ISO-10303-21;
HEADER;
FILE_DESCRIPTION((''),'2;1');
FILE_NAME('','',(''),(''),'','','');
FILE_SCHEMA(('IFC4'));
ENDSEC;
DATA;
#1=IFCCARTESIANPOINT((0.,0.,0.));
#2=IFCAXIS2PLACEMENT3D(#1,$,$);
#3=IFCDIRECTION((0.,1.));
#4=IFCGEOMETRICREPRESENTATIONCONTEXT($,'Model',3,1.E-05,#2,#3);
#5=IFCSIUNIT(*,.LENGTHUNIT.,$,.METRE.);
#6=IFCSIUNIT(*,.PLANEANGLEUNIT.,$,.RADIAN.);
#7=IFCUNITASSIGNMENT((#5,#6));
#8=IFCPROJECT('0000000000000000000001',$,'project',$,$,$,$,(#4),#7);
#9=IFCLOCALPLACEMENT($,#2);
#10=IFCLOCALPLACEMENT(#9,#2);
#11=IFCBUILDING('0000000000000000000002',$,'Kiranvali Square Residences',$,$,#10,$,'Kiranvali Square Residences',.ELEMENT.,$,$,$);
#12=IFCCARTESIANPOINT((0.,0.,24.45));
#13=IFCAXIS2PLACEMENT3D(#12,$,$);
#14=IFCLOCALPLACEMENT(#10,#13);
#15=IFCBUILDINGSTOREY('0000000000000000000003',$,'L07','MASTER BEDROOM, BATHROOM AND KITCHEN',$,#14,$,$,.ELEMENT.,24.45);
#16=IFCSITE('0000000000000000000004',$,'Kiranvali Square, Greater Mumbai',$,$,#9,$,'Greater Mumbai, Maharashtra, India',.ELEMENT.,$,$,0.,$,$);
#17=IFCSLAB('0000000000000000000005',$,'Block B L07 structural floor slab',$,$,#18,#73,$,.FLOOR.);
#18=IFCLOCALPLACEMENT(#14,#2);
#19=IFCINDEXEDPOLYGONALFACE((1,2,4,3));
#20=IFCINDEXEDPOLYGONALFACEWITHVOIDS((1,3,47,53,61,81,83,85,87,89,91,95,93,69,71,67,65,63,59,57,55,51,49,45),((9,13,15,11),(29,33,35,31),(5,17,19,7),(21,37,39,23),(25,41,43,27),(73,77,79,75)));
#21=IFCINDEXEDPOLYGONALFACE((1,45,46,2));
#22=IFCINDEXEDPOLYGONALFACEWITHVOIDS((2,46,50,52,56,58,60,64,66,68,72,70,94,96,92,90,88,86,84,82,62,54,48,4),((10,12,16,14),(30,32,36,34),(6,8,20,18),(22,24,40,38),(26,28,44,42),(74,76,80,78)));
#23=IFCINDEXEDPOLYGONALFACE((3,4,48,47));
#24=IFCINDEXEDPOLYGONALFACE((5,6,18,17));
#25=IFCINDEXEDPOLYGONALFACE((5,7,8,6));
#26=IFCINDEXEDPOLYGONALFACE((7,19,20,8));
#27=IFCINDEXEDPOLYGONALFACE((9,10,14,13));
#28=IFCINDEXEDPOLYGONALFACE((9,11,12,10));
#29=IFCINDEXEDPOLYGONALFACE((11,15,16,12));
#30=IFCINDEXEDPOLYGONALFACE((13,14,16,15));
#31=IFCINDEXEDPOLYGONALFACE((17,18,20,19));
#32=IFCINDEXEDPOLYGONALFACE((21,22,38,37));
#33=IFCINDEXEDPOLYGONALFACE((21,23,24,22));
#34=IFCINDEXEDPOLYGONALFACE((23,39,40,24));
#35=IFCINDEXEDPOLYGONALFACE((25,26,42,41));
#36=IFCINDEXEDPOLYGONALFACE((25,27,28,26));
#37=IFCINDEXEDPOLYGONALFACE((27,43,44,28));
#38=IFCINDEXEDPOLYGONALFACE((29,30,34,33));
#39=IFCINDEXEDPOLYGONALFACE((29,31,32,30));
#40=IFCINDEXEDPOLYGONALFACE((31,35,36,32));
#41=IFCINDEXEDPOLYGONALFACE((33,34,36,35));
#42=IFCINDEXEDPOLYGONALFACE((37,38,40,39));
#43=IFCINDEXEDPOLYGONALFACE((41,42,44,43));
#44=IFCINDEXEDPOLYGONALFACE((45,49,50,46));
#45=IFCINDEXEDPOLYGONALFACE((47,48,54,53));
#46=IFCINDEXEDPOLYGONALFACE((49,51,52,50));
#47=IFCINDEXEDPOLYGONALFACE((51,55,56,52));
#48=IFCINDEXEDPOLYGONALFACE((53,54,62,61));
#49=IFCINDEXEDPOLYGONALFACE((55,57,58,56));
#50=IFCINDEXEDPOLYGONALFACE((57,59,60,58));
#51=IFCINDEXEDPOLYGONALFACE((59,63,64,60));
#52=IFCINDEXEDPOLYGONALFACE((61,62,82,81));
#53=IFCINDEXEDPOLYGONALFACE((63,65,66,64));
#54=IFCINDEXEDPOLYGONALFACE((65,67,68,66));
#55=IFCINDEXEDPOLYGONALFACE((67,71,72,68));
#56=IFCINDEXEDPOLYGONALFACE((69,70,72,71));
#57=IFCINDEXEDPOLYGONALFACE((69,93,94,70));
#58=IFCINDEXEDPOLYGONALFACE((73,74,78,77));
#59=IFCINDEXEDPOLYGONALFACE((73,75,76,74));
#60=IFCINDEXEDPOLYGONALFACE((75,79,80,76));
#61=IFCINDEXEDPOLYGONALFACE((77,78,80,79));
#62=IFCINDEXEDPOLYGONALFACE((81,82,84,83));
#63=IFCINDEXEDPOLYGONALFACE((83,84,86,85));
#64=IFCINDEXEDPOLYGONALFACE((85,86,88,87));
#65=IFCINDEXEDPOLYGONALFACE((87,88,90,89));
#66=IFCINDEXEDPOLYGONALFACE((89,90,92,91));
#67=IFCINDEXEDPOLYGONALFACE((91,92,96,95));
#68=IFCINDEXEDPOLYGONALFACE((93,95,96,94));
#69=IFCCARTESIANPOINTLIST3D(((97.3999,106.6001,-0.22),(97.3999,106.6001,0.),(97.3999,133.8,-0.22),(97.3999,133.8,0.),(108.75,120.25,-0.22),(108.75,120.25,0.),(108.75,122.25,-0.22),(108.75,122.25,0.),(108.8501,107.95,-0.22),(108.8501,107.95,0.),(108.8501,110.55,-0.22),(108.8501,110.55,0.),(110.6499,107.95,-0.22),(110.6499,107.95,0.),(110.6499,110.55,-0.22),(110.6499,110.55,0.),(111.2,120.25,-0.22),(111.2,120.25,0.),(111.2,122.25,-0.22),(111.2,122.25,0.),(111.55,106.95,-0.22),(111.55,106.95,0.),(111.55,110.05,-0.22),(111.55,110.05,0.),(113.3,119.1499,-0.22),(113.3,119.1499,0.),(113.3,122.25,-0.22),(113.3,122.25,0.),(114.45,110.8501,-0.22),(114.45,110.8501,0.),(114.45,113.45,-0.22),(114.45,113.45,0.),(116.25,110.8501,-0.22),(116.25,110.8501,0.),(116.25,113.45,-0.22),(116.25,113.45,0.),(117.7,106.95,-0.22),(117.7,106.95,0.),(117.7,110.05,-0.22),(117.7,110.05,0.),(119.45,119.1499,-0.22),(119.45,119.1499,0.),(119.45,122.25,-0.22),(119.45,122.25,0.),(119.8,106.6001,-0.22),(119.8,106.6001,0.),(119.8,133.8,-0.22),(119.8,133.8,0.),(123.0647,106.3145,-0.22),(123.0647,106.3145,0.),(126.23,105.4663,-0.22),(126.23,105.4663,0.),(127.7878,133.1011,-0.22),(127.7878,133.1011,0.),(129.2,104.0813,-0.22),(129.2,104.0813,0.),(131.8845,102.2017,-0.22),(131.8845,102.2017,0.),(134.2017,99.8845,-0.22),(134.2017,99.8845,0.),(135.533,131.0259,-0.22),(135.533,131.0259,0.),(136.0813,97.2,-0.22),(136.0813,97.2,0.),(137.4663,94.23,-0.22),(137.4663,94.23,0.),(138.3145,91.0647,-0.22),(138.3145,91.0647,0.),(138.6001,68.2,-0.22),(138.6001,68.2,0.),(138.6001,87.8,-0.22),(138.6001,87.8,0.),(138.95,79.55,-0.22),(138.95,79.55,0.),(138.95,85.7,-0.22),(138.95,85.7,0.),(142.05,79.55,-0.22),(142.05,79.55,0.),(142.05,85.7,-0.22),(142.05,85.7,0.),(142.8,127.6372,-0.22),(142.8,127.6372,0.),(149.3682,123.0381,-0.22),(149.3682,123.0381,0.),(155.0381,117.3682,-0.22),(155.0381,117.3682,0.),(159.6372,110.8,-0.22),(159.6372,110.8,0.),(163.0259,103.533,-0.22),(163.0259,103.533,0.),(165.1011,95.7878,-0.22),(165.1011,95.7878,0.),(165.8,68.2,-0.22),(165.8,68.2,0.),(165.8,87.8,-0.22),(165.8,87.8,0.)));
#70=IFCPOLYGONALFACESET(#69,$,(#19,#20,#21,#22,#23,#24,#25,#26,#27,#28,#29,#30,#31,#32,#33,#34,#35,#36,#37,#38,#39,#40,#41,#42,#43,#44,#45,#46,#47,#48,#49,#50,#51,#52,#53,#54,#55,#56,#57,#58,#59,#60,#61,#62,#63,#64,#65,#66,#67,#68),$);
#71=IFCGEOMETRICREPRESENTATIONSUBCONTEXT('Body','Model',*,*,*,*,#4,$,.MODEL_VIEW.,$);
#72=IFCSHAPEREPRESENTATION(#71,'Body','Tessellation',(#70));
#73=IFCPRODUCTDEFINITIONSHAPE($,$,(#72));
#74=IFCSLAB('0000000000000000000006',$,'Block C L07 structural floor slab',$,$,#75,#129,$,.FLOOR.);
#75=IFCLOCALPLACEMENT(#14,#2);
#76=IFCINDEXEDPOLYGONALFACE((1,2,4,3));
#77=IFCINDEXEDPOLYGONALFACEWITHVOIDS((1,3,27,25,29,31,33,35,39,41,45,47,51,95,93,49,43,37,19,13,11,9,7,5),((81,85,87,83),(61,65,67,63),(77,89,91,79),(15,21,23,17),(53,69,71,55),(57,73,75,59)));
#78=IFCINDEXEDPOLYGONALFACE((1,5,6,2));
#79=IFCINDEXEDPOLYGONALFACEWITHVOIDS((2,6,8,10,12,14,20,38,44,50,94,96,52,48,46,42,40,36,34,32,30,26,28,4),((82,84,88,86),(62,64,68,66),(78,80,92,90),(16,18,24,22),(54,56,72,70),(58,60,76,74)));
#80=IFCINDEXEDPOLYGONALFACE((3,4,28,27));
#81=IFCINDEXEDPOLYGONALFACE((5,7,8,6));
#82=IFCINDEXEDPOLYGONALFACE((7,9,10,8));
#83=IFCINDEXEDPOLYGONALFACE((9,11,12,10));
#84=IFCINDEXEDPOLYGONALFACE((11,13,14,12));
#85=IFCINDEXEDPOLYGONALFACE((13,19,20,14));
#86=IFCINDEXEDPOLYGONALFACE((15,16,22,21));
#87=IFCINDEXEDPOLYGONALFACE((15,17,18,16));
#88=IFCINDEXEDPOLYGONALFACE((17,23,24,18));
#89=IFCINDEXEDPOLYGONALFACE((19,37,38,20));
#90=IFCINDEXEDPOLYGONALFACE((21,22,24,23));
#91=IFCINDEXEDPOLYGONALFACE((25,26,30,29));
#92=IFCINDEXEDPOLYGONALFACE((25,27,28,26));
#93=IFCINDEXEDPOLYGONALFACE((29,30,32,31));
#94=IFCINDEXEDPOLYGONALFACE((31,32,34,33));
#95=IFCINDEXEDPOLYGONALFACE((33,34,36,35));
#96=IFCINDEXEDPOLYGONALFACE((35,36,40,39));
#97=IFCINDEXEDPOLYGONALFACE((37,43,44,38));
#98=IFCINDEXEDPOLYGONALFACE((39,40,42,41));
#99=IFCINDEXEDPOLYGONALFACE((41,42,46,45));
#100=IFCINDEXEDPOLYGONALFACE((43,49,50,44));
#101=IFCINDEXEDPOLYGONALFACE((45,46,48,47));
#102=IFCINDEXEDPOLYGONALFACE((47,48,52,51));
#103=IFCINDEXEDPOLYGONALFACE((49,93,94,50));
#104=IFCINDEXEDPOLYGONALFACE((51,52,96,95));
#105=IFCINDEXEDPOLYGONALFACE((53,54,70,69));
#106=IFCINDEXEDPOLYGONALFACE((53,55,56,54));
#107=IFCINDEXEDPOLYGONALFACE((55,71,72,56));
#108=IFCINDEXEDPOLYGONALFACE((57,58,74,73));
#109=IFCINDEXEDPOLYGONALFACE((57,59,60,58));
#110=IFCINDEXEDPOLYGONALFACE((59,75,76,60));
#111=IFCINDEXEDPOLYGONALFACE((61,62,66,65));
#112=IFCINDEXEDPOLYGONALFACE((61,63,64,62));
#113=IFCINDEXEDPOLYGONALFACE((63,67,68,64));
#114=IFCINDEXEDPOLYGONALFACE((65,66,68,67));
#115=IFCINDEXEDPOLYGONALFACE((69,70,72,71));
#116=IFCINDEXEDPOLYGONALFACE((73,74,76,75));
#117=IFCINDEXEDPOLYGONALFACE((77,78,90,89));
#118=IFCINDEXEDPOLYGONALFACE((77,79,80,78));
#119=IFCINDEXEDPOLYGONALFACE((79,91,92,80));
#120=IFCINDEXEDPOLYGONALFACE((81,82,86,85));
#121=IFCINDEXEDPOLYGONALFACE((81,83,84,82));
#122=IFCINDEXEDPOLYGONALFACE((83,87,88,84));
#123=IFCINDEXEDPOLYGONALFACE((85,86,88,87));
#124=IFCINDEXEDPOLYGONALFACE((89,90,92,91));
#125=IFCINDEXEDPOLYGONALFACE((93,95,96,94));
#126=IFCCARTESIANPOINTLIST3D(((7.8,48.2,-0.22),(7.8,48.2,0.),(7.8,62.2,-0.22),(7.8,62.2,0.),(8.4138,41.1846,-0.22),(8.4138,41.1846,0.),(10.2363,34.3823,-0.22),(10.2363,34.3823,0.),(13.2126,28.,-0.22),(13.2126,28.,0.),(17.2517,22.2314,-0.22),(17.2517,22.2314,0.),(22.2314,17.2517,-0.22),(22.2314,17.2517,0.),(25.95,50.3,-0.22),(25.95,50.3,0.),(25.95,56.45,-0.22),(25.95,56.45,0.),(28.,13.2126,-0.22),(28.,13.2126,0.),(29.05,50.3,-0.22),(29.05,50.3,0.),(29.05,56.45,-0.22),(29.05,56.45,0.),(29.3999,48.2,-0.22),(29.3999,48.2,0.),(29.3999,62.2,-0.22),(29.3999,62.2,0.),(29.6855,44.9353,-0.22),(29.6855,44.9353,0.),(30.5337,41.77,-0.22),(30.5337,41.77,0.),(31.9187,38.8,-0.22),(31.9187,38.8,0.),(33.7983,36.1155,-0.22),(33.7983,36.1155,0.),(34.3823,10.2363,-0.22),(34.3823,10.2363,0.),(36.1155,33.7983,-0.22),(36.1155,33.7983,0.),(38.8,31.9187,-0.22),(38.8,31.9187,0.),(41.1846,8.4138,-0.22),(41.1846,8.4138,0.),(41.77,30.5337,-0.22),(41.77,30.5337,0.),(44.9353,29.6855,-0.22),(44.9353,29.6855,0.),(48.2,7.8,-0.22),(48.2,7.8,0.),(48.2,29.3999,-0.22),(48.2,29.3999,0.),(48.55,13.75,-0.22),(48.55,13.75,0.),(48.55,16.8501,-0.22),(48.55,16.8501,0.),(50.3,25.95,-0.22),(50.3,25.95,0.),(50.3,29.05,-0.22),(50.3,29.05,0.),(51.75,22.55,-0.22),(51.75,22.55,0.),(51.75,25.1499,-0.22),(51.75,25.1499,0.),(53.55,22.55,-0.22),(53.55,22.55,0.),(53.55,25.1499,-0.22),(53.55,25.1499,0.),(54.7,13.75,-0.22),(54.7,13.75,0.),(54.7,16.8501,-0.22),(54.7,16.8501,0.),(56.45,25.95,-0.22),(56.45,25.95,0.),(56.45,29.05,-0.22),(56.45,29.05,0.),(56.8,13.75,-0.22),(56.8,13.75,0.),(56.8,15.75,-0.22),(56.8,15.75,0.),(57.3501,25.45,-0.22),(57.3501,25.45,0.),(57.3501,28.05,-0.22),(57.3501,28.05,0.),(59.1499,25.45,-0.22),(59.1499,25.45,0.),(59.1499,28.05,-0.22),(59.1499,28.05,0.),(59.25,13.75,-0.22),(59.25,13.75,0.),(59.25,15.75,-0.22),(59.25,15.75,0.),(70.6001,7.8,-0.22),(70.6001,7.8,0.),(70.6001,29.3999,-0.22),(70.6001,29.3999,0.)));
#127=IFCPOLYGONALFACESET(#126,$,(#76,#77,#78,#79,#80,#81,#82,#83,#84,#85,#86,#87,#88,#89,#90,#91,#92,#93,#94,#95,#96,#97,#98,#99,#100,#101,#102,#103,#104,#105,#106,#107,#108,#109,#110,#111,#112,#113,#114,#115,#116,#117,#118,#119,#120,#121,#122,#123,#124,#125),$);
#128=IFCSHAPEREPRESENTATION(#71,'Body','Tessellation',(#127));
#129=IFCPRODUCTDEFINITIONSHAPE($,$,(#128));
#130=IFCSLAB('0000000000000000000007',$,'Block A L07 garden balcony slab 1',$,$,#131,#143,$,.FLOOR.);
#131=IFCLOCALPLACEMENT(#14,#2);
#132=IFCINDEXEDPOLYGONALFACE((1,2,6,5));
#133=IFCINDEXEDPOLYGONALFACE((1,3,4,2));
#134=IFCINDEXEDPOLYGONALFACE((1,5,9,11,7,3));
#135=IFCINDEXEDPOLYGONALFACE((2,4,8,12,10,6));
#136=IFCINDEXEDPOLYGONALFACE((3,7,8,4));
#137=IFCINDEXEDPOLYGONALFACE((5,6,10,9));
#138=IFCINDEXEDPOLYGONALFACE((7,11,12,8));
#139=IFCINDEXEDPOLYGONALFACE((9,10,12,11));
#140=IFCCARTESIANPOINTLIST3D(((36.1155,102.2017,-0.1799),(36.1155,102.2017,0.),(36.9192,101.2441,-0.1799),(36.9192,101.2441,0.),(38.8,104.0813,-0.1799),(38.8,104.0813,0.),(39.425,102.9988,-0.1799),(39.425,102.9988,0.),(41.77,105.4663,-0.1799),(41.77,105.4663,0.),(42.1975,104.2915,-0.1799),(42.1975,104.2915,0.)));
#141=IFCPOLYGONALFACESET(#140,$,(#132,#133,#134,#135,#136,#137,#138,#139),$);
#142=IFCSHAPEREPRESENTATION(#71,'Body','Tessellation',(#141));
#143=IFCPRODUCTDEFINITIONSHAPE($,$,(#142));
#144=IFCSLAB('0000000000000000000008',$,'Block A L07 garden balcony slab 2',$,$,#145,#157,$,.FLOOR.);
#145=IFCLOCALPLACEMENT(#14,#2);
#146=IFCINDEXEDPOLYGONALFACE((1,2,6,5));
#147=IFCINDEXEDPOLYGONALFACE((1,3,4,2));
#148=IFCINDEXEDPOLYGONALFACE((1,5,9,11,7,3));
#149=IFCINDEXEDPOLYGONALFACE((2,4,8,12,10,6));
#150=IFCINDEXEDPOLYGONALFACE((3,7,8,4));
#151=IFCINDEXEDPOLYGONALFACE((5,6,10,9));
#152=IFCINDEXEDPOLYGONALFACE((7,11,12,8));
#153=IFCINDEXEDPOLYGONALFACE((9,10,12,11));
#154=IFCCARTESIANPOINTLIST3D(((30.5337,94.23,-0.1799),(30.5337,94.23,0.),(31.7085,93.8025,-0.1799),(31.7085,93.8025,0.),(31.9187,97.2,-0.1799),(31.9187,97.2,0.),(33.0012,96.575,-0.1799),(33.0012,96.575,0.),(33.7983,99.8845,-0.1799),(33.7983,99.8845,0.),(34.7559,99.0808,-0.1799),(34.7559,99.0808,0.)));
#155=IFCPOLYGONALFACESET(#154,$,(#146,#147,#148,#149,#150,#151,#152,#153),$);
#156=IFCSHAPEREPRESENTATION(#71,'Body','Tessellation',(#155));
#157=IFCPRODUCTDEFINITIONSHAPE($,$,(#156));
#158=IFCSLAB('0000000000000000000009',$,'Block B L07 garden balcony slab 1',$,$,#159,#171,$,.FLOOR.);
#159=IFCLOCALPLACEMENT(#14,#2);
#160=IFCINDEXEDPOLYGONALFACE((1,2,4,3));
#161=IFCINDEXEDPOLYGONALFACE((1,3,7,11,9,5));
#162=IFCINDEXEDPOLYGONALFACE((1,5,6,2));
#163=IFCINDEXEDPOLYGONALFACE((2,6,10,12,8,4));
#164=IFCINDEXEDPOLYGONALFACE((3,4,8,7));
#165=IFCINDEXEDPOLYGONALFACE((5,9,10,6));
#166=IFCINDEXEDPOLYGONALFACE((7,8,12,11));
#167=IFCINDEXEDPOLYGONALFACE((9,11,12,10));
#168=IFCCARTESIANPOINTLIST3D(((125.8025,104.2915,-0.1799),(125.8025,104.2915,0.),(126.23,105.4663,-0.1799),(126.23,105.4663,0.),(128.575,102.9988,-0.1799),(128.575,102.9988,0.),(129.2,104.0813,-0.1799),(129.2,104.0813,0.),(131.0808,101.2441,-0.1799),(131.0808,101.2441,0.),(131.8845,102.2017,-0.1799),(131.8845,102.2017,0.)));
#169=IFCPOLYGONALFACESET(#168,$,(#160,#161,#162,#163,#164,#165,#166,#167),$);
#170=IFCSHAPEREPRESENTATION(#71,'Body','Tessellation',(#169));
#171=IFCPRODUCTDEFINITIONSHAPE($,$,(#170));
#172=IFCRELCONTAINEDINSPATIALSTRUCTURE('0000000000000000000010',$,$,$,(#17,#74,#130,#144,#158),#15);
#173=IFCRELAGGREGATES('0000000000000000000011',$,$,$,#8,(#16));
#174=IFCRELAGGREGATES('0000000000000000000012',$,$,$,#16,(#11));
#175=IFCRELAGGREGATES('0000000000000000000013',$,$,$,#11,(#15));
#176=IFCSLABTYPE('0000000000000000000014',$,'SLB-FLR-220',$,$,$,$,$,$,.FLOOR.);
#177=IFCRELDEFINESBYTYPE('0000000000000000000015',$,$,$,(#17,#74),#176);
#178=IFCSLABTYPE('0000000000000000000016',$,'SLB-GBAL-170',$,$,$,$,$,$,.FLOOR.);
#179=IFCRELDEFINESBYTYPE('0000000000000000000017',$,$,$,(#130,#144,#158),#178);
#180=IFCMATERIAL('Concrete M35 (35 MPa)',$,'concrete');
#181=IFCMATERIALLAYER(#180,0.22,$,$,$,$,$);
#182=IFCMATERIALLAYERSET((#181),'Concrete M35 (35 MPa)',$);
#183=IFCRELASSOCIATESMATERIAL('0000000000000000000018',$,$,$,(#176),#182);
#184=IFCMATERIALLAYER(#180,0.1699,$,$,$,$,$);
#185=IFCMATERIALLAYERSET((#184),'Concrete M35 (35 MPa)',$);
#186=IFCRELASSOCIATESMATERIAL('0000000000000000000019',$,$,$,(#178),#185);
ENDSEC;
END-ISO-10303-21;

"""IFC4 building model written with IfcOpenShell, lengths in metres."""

from ifc_helpers import new_model, si_unit, direction, frame, origin, place, context, subcontext, project, spatial, polyline, outline, extrude, material, layer, layer_set, type_object, element, save


model = new_model("IFC4")

# Units and contexts
model_context = context("Model", 3, precision=1e-05, world=origin(), true_north=direction((0.0, 1.0)))
body_context = subcontext(model_context, "Body", "Model", "MODEL_VIEW")
ifc_project = project(units=[si_unit("LENGTHUNIT", "METRE"), si_unit("PLANEANGLEUNIT", "RADIAN")], contexts=[model_context])

# Site, building, storey
site_placement = place(None, origin())
site = spatial("IfcSite", under=ifc_project, at=site_placement, Name="Kiranvali Square, Greater Mumbai", LongName="Greater Mumbai, Maharashtra, India", CompositionType="ELEMENT", RefElevation=0.0)
building_placement = place(site_placement, origin())
building = spatial("IfcBuilding", under=site, at=building_placement, Name="Kiranvali Square Residences", LongName="Kiranvali Square Residences", CompositionType="ELEMENT")
storey_placement = place(building_placement, frame((0.0, 0.0, 24.45)))
storey = spatial("IfcBuildingStorey", under=building, at=storey_placement, Name="L07", Description="MASTER BEDROOM, BATHROOM AND KITCHEN", CompositionType="ELEMENT", Elevation=24.45)

# Slabs
ifc_material_1 = material(Name="Concrete M35 (35 MPa)", Category="concrete")
ifc_layer_1 = layer(ifc_material_1, 0.22)
ifc_layer_set_1 = layer_set([ifc_layer_1], Name="Concrete M35 (35 MPa)")
slab_type_1 = type_object("IfcSlabType", Name="SLB-FLR-220", PredefinedType="FLOOR", material=ifc_layer_set_1)
slab_1_placement = place(storey_placement, frame((0.0, 0.0, -0.22)))
element("IfcSlab", 1, at=slab_1_placement, inside=storey, type_object=slab_type_1, Name="Block B L07 structural floor slab", PredefinedType="FLOOR", context=body_context, shape_type="SweptSolid", body=[
    extrude(outline(polyline([(119.8, 106.6001), (123.0647, 106.3145), (126.23, 105.4663), (129.2, 104.0813), (131.8845, 102.2017), (134.2017, 99.8845), (136.0813, 97.2), (137.4663, 94.23), (138.3145, 91.0647), (138.6001, 87.8), (138.6001, 68.2), (165.8, 68.2), (165.8, 87.8), (165.1011, 95.7878), (163.0259, 103.533), (159.6372, 110.8), (155.0381, 117.3682), (149.3682, 123.0381), (142.8, 127.6372), (135.533, 131.0259), (127.7878, 133.1011), (119.8, 133.8), (97.3999, 133.8), (97.3999, 106.6001), (119.8, 106.6001)]), holes=[polyline([(108.75, 120.25), (111.2, 120.25), (111.2, 122.25), (108.75, 122.25), (108.75, 120.25)]), polyline([(108.8501, 107.95), (110.6499, 107.95), (110.6499, 110.55), (108.8501, 110.55), (108.8501, 107.95)]), polyline([(114.45, 110.8501), (116.25, 110.8501), (116.25, 113.45), (114.45, 113.45), (114.45, 110.8501)]), polyline([(113.3, 119.1499), (119.45, 119.1499), (119.45, 122.25), (113.3, 122.25), (113.3, 119.1499)]), polyline([(117.7, 110.05), (111.55, 110.05), (111.55, 106.95), (117.7, 106.95), (117.7, 110.05)]), polyline([(138.95, 85.7), (138.95, 79.55), (142.05, 79.55), (142.05, 85.7), (138.95, 85.7)])]), origin(), (0.0, 0.0, 1.0), 0.22),
])
slab_2_placement = place(storey_placement, frame((0.0, 0.0, -0.22)))
element("IfcSlab", 2, at=slab_2_placement, inside=storey, type_object=slab_type_1, Name="Block C L07 structural floor slab", PredefinedType="FLOOR", context=body_context, shape_type="SweptSolid", body=[
    extrude(outline(polyline([(48.2, 29.3999), (44.9353, 29.6855), (41.77, 30.5337), (38.8, 31.9187), (36.1155, 33.7983), (33.7983, 36.1155), (31.9187, 38.8), (30.5337, 41.77), (29.6855, 44.9353), (29.3999, 48.2), (29.3999, 62.2), (7.8, 62.2), (7.8, 48.2), (8.4138, 41.1846), (10.2363, 34.3823), (13.2126, 28.0), (17.2517, 22.2314), (22.2314, 17.2517), (28.0, 13.2126), (34.3823, 10.2363), (41.1846, 8.4138), (48.2, 7.8), (70.6001, 7.8), (70.6001, 29.3999), (48.2, 29.3999)]), holes=[polyline([(56.8, 13.75), (59.25, 13.75), (59.25, 15.75), (56.8, 15.75), (56.8, 13.75)]), polyline([(57.3501, 25.45), (59.1499, 25.45), (59.1499, 28.05), (57.3501, 28.05), (57.3501, 25.45)]), polyline([(51.75, 22.55), (53.55, 22.55), (53.55, 25.1499), (51.75, 25.1499), (51.75, 22.55)]), polyline([(54.7, 16.8501), (48.55, 16.8501), (48.55, 13.75), (54.7, 13.75), (54.7, 16.8501)]), polyline([(50.3, 25.95), (56.45, 25.95), (56.45, 29.05), (50.3, 29.05), (50.3, 25.95)]), polyline([(29.05, 50.3), (29.05, 56.45), (25.95, 56.45), (25.95, 50.3), (29.05, 50.3)])]), origin(), (0.0, 0.0, 1.0), 0.22),
])
ifc_layer_2 = layer(ifc_material_1, 0.1699)
ifc_layer_set_2 = layer_set([ifc_layer_2], Name="Concrete M35 (35 MPa)")
slab_type_2 = type_object("IfcSlabType", Name="SLB-GBAL-170", PredefinedType="FLOOR", material=ifc_layer_set_2)
slab_3_placement = place(storey_placement, frame((0.0, 0.0, -0.1799)))
element("IfcSlab", 3, at=slab_3_placement, inside=storey, type_object=slab_type_2, Name="Block A L07 garden balcony slab 1", PredefinedType="FLOOR", context=body_context, shape_type="SweptSolid", body=[
    extrude(outline(polyline([(41.77, 105.4663), (38.8, 104.0813), (36.1155, 102.2017), (36.9192, 101.2441), (39.425, 102.9988), (42.1975, 104.2915), (41.77, 105.4663)])), origin(), (0.0, 0.0, 1.0), 0.1799),
])
slab_4_placement = place(storey_placement, frame((0.0, 0.0, -0.1799)))
element("IfcSlab", 4, at=slab_4_placement, inside=storey, type_object=slab_type_2, Name="Block A L07 garden balcony slab 2", PredefinedType="FLOOR", context=body_context, shape_type="SweptSolid", body=[
    extrude(outline(polyline([(33.7983, 99.8845), (31.9187, 97.2), (30.5337, 94.23), (31.7085, 93.8025), (33.0012, 96.575), (34.7559, 99.0808), (33.7983, 99.8845)])), origin(), (0.0, 0.0, 1.0), 0.1799),
])
slab_5_placement = place(storey_placement, frame((0.0, 0.0, -0.1799)))
element("IfcSlab", 5, at=slab_5_placement, inside=storey, type_object=slab_type_2, Name="Block B L07 garden balcony slab 1", PredefinedType="FLOOR", context=body_context, shape_type="SweptSolid", body=[
    extrude(outline(polyline([(125.8025, 104.2915), (128.575, 102.9988), (131.0808, 101.2441), (131.8845, 102.2017), (129.2, 104.0813), (126.23, 105.4663), (125.8025, 104.2915)])), origin(), (0.0, 0.0, 1.0), 0.1799),
])

save(model, "model.ifc")
